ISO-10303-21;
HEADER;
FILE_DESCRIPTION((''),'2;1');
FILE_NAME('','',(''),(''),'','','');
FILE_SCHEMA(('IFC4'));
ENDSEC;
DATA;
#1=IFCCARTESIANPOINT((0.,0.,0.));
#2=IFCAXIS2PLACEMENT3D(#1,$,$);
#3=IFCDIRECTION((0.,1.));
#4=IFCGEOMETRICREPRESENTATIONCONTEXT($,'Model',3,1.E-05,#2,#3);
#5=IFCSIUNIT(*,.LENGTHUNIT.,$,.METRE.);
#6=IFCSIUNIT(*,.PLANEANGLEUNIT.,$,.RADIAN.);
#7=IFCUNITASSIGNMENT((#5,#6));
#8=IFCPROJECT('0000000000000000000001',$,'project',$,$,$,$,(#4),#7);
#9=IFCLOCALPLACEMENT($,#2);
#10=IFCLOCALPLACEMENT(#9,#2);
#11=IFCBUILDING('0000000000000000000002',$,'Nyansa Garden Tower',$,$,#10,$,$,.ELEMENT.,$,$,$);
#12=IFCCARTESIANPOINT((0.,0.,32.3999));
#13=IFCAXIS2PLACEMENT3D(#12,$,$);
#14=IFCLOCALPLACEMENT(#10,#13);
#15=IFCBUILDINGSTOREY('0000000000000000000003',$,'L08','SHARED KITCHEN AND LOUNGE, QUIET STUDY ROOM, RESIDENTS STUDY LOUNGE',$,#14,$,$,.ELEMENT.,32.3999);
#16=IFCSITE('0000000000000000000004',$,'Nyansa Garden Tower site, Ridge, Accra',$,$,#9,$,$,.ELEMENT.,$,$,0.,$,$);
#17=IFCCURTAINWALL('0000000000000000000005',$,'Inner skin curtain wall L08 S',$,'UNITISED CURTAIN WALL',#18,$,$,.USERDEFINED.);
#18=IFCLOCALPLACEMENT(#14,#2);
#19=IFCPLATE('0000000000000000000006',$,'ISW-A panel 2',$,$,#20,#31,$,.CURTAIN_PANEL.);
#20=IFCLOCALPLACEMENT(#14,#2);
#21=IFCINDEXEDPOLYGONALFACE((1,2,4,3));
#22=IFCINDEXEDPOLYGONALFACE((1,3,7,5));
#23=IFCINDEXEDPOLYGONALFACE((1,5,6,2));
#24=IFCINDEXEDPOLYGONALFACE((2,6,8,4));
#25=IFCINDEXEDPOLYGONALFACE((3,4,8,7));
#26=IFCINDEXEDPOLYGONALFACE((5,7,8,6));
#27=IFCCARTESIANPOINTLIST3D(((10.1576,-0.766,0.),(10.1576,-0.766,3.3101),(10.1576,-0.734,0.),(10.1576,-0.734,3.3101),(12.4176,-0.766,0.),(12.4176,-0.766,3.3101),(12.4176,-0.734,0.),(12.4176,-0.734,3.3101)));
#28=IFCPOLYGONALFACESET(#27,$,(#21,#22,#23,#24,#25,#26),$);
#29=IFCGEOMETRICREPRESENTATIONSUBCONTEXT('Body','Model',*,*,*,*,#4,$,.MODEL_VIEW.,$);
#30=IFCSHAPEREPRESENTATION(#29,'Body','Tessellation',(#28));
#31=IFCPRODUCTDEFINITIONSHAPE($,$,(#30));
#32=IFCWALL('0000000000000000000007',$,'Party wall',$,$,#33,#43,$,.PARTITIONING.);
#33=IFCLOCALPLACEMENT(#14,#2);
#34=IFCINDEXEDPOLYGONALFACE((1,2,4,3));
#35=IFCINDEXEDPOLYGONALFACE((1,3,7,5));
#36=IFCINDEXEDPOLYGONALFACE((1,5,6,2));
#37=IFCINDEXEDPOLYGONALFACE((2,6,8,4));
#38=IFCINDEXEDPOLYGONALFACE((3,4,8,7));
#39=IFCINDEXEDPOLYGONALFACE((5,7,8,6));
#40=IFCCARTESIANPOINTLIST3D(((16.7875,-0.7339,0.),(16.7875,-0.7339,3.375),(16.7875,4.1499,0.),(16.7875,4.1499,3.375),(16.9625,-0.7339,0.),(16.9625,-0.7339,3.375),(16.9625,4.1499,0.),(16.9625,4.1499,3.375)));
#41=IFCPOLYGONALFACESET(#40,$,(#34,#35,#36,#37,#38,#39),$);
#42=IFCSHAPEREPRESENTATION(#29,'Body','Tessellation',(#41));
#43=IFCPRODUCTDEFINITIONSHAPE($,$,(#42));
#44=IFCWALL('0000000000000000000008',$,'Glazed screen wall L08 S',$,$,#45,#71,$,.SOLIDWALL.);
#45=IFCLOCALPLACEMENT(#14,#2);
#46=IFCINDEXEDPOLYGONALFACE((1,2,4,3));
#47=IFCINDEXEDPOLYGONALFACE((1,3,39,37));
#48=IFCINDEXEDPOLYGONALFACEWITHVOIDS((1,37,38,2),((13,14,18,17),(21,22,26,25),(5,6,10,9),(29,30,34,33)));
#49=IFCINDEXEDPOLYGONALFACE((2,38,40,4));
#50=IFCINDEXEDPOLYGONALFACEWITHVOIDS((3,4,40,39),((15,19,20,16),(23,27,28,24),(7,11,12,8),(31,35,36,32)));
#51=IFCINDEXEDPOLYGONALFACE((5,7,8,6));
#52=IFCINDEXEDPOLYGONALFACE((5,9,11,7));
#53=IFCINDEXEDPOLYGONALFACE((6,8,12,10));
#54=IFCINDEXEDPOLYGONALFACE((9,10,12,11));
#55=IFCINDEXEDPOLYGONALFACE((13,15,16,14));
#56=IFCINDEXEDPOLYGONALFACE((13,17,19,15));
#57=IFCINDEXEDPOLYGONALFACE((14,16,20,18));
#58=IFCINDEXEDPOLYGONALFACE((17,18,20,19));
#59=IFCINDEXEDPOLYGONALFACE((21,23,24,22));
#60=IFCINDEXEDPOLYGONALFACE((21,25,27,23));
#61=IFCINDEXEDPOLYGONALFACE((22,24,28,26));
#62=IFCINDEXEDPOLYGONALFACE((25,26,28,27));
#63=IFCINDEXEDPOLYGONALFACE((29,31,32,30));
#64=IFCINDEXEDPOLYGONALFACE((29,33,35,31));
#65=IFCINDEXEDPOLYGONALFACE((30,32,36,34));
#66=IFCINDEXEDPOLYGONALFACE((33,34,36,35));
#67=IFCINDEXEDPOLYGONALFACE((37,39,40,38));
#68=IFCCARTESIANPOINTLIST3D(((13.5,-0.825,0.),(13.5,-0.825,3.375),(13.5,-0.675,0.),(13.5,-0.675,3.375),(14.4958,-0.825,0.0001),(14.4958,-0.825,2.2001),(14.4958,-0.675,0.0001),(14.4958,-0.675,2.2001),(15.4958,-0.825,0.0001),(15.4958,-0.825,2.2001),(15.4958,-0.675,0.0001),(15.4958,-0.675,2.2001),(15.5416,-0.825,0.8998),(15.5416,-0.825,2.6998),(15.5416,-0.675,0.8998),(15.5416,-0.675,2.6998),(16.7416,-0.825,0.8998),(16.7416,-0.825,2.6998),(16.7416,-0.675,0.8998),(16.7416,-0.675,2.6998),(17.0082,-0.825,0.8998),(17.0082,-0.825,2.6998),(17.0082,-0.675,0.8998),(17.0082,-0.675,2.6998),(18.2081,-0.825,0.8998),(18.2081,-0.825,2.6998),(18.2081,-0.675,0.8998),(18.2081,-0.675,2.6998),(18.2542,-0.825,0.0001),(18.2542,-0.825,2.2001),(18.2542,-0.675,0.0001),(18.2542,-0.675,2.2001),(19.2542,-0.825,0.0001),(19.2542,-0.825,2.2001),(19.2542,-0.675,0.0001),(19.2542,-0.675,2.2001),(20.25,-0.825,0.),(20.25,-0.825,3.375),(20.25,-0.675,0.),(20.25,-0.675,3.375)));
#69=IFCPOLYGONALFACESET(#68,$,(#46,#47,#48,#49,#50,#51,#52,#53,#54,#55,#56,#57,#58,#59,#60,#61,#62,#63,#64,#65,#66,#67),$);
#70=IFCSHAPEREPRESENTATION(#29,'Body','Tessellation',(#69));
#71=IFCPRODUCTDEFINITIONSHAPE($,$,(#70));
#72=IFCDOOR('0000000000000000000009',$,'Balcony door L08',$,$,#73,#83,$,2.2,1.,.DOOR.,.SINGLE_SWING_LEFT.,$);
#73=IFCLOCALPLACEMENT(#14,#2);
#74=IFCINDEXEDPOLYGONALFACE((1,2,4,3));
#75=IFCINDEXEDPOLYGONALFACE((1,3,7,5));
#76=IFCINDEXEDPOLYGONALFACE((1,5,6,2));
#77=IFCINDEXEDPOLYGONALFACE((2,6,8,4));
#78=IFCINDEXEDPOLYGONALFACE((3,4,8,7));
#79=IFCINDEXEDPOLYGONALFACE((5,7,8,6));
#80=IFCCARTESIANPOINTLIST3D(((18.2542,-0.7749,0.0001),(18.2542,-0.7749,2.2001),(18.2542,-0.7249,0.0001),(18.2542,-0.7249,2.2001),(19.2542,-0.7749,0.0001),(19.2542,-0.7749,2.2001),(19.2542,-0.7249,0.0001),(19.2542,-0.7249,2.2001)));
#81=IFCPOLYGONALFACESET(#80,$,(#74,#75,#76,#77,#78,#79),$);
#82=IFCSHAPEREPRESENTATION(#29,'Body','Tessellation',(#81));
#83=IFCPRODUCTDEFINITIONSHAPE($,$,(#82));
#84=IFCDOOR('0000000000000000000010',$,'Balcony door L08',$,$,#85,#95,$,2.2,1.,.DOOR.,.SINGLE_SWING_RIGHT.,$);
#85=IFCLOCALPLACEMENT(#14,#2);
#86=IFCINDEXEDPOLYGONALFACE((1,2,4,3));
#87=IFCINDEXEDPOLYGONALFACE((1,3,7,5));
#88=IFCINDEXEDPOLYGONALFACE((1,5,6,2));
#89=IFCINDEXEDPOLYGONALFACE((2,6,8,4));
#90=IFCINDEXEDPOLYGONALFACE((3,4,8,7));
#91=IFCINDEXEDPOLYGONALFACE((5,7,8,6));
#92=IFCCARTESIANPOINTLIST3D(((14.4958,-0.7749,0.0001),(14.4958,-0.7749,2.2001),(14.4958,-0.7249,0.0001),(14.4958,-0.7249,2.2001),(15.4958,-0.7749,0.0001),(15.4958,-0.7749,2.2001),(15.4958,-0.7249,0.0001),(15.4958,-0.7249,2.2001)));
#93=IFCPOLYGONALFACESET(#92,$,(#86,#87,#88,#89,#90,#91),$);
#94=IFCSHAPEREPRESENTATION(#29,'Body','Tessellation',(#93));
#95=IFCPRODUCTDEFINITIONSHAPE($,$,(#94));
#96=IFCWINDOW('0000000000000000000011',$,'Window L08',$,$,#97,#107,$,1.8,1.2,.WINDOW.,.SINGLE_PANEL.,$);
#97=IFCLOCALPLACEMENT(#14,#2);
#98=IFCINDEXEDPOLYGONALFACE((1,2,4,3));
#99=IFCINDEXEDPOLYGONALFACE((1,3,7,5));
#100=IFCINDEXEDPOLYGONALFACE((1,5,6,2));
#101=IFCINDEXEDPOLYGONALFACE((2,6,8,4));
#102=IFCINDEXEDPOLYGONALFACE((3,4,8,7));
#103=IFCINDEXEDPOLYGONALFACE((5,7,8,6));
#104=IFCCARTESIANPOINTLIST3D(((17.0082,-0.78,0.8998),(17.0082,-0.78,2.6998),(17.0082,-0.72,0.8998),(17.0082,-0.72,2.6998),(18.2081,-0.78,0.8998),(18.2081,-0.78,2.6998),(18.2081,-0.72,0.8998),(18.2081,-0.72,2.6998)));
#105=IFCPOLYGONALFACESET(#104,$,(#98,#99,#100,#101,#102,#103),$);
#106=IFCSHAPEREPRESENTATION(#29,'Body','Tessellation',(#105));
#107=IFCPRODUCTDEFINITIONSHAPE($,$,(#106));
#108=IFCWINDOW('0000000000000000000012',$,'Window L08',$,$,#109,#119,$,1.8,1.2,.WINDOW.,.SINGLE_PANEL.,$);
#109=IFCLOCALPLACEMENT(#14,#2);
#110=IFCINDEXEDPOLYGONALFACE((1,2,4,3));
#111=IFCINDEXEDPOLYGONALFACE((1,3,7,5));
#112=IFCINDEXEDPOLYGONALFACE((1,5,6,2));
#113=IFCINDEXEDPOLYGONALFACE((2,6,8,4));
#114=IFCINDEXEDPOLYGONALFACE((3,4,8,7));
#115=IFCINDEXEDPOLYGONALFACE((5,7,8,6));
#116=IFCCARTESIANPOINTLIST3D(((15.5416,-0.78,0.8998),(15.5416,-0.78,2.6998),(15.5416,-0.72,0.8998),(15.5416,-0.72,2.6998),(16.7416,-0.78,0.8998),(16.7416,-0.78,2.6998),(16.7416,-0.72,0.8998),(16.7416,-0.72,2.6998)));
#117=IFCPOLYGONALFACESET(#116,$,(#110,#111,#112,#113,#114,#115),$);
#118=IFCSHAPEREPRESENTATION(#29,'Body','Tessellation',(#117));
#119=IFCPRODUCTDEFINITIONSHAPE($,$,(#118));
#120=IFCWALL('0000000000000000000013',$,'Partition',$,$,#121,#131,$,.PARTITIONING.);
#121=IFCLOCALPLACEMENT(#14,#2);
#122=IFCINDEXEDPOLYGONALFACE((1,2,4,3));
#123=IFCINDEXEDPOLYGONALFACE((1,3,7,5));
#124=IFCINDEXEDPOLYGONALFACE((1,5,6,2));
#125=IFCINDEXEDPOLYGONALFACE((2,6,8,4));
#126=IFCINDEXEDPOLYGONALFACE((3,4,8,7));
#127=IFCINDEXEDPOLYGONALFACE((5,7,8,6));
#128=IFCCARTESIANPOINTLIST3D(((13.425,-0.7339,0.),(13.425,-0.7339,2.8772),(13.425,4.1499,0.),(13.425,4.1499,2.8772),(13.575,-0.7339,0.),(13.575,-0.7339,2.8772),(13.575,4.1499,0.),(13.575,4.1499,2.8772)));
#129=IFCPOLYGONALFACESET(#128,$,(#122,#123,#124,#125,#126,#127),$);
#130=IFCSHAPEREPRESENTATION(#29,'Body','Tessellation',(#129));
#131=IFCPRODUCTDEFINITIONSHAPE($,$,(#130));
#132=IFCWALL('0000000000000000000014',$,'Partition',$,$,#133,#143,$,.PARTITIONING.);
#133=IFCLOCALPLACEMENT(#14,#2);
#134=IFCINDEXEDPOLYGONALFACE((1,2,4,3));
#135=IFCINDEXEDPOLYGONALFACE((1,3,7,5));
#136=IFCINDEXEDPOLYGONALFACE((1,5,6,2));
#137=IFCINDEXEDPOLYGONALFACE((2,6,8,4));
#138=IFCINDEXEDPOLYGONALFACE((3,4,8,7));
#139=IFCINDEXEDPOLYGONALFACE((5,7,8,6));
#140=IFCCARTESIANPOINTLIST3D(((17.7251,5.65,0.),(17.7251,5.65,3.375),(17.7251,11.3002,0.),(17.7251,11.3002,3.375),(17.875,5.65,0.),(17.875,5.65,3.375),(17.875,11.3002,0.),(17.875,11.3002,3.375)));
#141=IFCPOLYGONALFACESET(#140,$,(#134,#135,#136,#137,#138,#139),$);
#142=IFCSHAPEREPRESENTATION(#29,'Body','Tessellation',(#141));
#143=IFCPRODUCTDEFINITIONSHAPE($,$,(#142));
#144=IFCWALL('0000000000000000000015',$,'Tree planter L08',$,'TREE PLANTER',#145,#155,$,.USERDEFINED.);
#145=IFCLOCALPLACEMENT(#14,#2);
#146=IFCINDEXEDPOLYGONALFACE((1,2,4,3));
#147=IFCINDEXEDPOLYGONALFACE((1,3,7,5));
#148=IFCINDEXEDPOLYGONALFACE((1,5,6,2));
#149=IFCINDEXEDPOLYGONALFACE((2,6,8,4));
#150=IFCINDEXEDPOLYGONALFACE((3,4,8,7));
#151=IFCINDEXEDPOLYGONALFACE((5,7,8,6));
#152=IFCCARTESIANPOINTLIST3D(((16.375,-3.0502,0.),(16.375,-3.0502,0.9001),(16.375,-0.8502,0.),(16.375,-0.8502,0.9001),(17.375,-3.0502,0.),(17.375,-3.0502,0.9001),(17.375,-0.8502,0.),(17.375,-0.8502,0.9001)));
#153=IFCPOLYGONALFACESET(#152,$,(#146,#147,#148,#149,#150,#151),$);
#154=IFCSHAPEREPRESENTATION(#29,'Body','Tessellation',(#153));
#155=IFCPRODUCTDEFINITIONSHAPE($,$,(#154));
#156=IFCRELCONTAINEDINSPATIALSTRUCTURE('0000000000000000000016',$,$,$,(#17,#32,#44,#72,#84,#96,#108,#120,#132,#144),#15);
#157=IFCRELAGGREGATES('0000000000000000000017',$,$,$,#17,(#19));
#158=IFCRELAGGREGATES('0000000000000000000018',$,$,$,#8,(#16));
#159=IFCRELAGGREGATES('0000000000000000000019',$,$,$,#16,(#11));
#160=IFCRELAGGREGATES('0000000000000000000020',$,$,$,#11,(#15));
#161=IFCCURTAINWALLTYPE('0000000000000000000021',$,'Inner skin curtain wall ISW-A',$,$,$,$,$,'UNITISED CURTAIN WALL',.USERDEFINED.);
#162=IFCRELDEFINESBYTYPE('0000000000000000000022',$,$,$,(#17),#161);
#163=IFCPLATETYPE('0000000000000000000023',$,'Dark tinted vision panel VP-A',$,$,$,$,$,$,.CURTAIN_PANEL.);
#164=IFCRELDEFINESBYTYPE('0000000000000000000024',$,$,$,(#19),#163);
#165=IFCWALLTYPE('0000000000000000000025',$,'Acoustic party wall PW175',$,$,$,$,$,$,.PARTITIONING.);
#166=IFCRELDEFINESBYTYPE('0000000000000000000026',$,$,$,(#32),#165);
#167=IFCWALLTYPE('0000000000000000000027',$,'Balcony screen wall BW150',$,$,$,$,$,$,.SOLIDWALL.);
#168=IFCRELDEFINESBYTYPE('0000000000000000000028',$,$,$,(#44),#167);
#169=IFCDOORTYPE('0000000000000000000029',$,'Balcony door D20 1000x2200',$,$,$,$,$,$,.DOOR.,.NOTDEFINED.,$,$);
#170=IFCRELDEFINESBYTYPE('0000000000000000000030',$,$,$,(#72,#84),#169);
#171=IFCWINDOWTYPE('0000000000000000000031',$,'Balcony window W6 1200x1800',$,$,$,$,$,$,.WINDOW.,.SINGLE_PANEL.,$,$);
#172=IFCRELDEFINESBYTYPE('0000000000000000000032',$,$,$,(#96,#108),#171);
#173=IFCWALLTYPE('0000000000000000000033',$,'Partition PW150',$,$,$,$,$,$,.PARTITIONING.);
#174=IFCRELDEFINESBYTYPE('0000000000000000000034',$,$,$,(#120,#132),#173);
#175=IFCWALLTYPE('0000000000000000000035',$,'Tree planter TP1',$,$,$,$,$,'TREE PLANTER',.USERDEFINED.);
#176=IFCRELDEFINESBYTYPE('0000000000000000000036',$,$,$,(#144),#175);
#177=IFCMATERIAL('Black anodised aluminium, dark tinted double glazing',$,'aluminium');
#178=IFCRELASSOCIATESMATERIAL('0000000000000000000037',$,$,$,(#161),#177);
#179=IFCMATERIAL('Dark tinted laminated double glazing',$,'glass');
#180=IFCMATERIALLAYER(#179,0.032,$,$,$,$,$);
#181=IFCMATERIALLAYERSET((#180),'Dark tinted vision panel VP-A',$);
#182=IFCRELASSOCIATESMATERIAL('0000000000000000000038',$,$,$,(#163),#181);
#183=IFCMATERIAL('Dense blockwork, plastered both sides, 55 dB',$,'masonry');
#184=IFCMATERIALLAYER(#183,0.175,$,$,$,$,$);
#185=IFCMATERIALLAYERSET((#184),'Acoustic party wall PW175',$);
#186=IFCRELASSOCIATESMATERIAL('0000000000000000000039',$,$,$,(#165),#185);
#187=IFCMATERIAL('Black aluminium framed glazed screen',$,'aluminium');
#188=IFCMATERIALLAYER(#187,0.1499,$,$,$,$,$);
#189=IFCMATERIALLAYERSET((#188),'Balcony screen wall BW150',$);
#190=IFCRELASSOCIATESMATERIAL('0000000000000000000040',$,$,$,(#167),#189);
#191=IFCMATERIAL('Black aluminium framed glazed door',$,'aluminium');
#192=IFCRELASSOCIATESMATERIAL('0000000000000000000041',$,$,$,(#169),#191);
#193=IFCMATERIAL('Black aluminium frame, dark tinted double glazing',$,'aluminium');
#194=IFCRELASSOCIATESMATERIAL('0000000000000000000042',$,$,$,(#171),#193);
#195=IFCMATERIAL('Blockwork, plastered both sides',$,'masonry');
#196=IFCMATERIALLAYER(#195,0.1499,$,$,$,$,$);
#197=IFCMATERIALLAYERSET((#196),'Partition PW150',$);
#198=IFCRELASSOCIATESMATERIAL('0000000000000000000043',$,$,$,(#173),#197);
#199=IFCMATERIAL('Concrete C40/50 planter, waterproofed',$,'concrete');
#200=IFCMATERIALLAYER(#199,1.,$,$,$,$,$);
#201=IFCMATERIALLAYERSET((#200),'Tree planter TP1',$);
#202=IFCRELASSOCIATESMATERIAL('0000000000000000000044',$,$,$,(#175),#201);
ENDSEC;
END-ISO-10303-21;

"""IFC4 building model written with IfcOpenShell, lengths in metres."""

from ifc_helpers import new_model, si_unit, direction, frame, frame_2d, origin, origin_2d, place, context, subcontext, project, spatial, rectangle, extrude, material, layer, layer_set, type_object, element, fill, aggregate, save


model = new_model("IFC4")

# Units and contexts
model_context = context("Model", 3, precision=1e-05, world=origin(), true_north=direction((0.0, 1.0)))
body_context = subcontext(model_context, "Body", "Model", "MODEL_VIEW")
ifc_project = project(units=[si_unit("LENGTHUNIT", "METRE"), si_unit("PLANEANGLEUNIT", "RADIAN")], contexts=[model_context])

# Site, building, storey
site_placement = place(None, origin())
site = spatial("IfcSite", under=ifc_project, at=site_placement, Name="Nyansa Garden Tower site, Ridge, Accra", CompositionType="ELEMENT", RefElevation=0.0)
building_placement = place(site_placement, origin())
building = spatial("IfcBuilding", under=site, at=building_placement, Name="Nyansa Garden Tower", CompositionType="ELEMENT")
storey_placement = place(building_placement, frame((0.0, 0.0, 32.3999)))
storey = spatial("IfcBuildingStorey", under=building, at=storey_placement, Name="L08", Description="SHARED KITCHEN AND LOUNGE, QUIET STUDY ROOM, RESIDENTS STUDY LOUNGE", CompositionType="ELEMENT", Elevation=32.3999)

# Curtain wall
ifc_material_1 = material(Name="Black anodised aluminium, dark tinted double glazing", Category="aluminium")
curtain_wall_type = type_object("IfcCurtainWallType", Name="Inner skin curtain wall ISW-A", ElementType="UNITISED CURTAIN WALL", PredefinedType="USERDEFINED", material=ifc_material_1)
curtain_wall_placement = place(storey_placement, origin())
curtain_wall = element("IfcCurtainWall", 1, at=curtain_wall_placement, inside=storey, type_object=curtain_wall_type, Name="Inner skin curtain wall L08 S", ObjectType="UNITISED CURTAIN WALL", PredefinedType="USERDEFINED")

# Plate
ifc_material_2 = material(Name="Dark tinted laminated double glazing", Category="glass")
ifc_layer_1 = layer(ifc_material_2, 0.032)
ifc_layer_set_1 = layer_set([ifc_layer_1], Name="Dark tinted vision panel VP-A")
plate_type = type_object("IfcPlateType", Name="Dark tinted vision panel VP-A", PredefinedType="CURTAIN_PANEL", material=ifc_layer_set_1)
plate_1_placement = place(storey_placement, frame((11.2876, -0.75, 0.0), z_axis=(0.0, 0.0, 1.0), x_axis=(1.0, 0.0, 0.0)))
plate_1 = element("IfcPlate", 2, at=plate_1_placement, type_object=plate_type, Name="ISW-A panel 2", PredefinedType="CURTAIN_PANEL", context=body_context, shape_type="SweptSolid", body=[
    extrude(rectangle(XDim=2.26, YDim=0.032, at=origin_2d()), origin(), (0.0, 0.0, 1.0), 3.3101),
])
aggregate(curtain_wall, [plate_1])

# Wall
ifc_material_3 = material(Name="Dense blockwork, plastered both sides, 55 dB", Category="masonry")
ifc_layer_2 = layer(ifc_material_3, 0.175)
ifc_layer_set_2 = layer_set([ifc_layer_2], Name="Acoustic party wall PW175")
wall_type_1 = type_object("IfcWallType", Name="Acoustic party wall PW175", PredefinedType="PARTITIONING", material=ifc_layer_set_2)
wall_1_placement = place(storey_placement, frame((16.875, -0.7339, 0.0), z_axis=(0.0, 0.0, 1.0), x_axis=(0.0, 1.0, 0.0)))
element("IfcWall", 3, at=wall_1_placement, inside=storey, type_object=wall_type_1, Name="Party wall", PredefinedType="PARTITIONING", context=body_context, shape_type="SweptSolid", body=[
    extrude(rectangle(XDim=4.8838, YDim=0.175, at=frame_2d((2.4419, 0.0))), origin(), (0.0, 0.0, 1.0), 3.375),
])

# Wall, openings, doors, windows
ifc_material_4 = material(Name="Black aluminium framed glazed screen", Category="aluminium")
ifc_layer_3 = layer(ifc_material_4, 0.1499)
ifc_layer_set_3 = layer_set([ifc_layer_3], Name="Balcony screen wall BW150")
wall_type_2 = type_object("IfcWallType", Name="Balcony screen wall BW150", PredefinedType="SOLIDWALL", material=ifc_layer_set_3)
wall_2_placement = place(storey_placement, frame((20.25, -0.75, 0.0), z_axis=(0.0, 0.0, 1.0), x_axis=(-1.0, 0.0, 0.0)))
wall_2 = element("IfcWall", 4, at=wall_2_placement, inside=storey, type_object=wall_type_2, Name="Glazed screen wall L08 S", PredefinedType="SOLIDWALL", context=body_context, shape_type="SweptSolid", body=[
    extrude(rectangle(XDim=6.75, YDim=0.1499, at=frame_2d((3.375, 0.0))), origin(), (0.0, 0.0, 1.0), 3.375),
])
opening_1_placement = place(wall_2_placement, frame((0.9958, 0.0, 0.0)))
opening_1 = element("IfcOpeningElement", 5, at=opening_1_placement, cuts=wall_2, PredefinedType="OPENING", context=body_context, shape_type="SweptSolid", body=[
    extrude(rectangle(XDim=1.0, YDim=2.2, at=frame_2d((0.5, 1.1001))), frame((0.0, 0.085, 0.0), z_axis=(0.0, -1.0, 0.0), x_axis=(1.0, 0.0, 0.0)), (0.0, 0.0, 1.0), 0.1699),
])
opening_2_placement = place(wall_2_placement, frame((2.0417, 0.0, 0.8999)))
opening_2 = element("IfcOpeningElement", 6, at=opening_2_placement, cuts=wall_2, PredefinedType="OPENING", context=body_context, shape_type="SweptSolid", body=[
    extrude(rectangle(XDim=1.2, YDim=1.8, at=frame_2d((0.6001, 0.8999))), frame((0.0, 0.085, 0.0), z_axis=(0.0, -1.0, 0.0), x_axis=(1.0, 0.0, 0.0)), (0.0, 0.0, 1.0), 0.1699),
])
opening_3_placement = place(wall_2_placement, frame((4.7542, 0.0, 0.0)))
opening_3 = element("IfcOpeningElement", 7, at=opening_3_placement, cuts=wall_2, PredefinedType="OPENING", context=body_context, shape_type="SweptSolid", body=[
    extrude(rectangle(XDim=1.0, YDim=2.2, at=frame_2d((0.5, 1.1001))), frame((0.0, 0.085, 0.0), z_axis=(0.0, -1.0, 0.0), x_axis=(1.0, 0.0, 0.0)), (0.0, 0.0, 1.0), 0.1699),
])
opening_4_placement = place(wall_2_placement, frame((3.5083, 0.0, 0.8999)))
opening_4 = element("IfcOpeningElement", 8, at=opening_4_placement, cuts=wall_2, PredefinedType="OPENING", context=body_context, shape_type="SweptSolid", body=[
    extrude(rectangle(XDim=1.2, YDim=1.8, at=frame_2d((0.6001, 0.8999))), frame((0.0, 0.085, 0.0), z_axis=(0.0, -1.0, 0.0), x_axis=(1.0, 0.0, 0.0)), (0.0, 0.0, 1.0), 0.1699),
])
ifc_material_5 = material(Name="Black aluminium framed glazed door", Category="aluminium")
door_type_1 = type_object("IfcDoorType", Name="Balcony door D20 1000x2200", OperationType="NOTDEFINED", PredefinedType="DOOR", material=ifc_material_5)
door_1_placement = place(opening_1_placement, origin())
door_1 = element("IfcDoor", 9, at=door_1_placement, inside=storey, type_object=door_type_1, Name="Balcony door L08", OperationType="SINGLE_SWING_LEFT", OverallHeight=2.2, OverallWidth=1.0, PredefinedType="DOOR", context=body_context, shape_type="SweptSolid", body=[
    extrude(rectangle(XDim=1.0, YDim=2.2, at=frame_2d((0.5, 1.1001))), frame((0.0, 0.0249, 0.0), z_axis=(0.0, -1.0, 0.0), x_axis=(1.0, 0.0, 0.0)), (0.0, 0.0, 1.0), 0.05),
])
fill(opening_1, door_1)
door_2_placement = place(opening_3_placement, origin())
door_2 = element("IfcDoor", 10, at=door_2_placement, inside=storey, type_object=door_type_1, Name="Balcony door L08", OperationType="SINGLE_SWING_RIGHT", OverallHeight=2.2, OverallWidth=1.0, PredefinedType="DOOR", context=body_context, shape_type="SweptSolid", body=[
    extrude(rectangle(XDim=1.0, YDim=2.2, at=frame_2d((0.5, 1.1001))), frame((0.0, 0.0249, 0.0), z_axis=(0.0, -1.0, 0.0), x_axis=(1.0, 0.0, 0.0)), (0.0, 0.0, 1.0), 0.05),
])
fill(opening_3, door_2)
ifc_material_6 = material(Name="Black aluminium frame, dark tinted double glazing", Category="aluminium")
window_type = type_object("IfcWindowType", Name="Balcony window W6 1200x1800", PartitioningType="SINGLE_PANEL", PredefinedType="WINDOW", material=ifc_material_6)
window_1_placement = place(opening_2_placement, origin())
window_1 = element("IfcWindow", 11, at=window_1_placement, inside=storey, type_object=window_type, Name="Window L08", OverallHeight=1.8, OverallWidth=1.2, PartitioningType="SINGLE_PANEL", PredefinedType="WINDOW", context=body_context, shape_type="SweptSolid", body=[
    extrude(rectangle(XDim=1.2, YDim=1.8, at=frame_2d((0.6001, 0.8999))), frame((0.0, 0.03, 0.0), z_axis=(0.0, -1.0, 0.0), x_axis=(1.0, 0.0, 0.0)), (0.0, 0.0, 1.0), 0.0601),
])
fill(opening_2, window_1)
window_2_placement = place(opening_4_placement, origin())
window_2 = element("IfcWindow", 12, at=window_2_placement, inside=storey, type_object=window_type, Name="Window L08", OverallHeight=1.8, OverallWidth=1.2, PartitioningType="SINGLE_PANEL", PredefinedType="WINDOW", context=body_context, shape_type="SweptSolid", body=[
    extrude(rectangle(XDim=1.2, YDim=1.8, at=frame_2d((0.6001, 0.8999))), frame((0.0, 0.03, 0.0), z_axis=(0.0, -1.0, 0.0), x_axis=(1.0, 0.0, 0.0)), (0.0, 0.0, 1.0), 0.0601),
])
fill(opening_4, window_2)

# Walls
ifc_material_7 = material(Name="Blockwork, plastered both sides", Category="masonry")
ifc_layer_4 = layer(ifc_material_7, 0.1499)
ifc_layer_set_4 = layer_set([ifc_layer_4], Name="Partition PW150")
wall_type_3 = type_object("IfcWallType", Name="Partition PW150", PredefinedType="PARTITIONING", material=ifc_layer_set_4)
wall_3_placement = place(storey_placement, frame((13.5, -0.7339, 0.0), z_axis=(0.0, 0.0, 1.0), x_axis=(0.0, 1.0, 0.0)))
element("IfcWall", 13, at=wall_3_placement, inside=storey, type_object=wall_type_3, Name="Partition", PredefinedType="PARTITIONING", context=body_context, shape_type="SweptSolid", body=[
    extrude(rectangle(XDim=4.8838, YDim=0.1499, at=frame_2d((2.4419, 0.0))), origin(), (0.0, 0.0, 1.0), 2.8772),
])
wall_4_placement = place(storey_placement, frame((17.8, 5.6499, 0.0), z_axis=(0.0, 0.0, 1.0), x_axis=(0.0, 1.0, 0.0)))
element("IfcWall", 14, at=wall_4_placement, inside=storey, type_object=wall_type_3, Name="Partition", PredefinedType="PARTITIONING", context=body_context, shape_type="SweptSolid", body=[
    extrude(rectangle(XDim=5.6501, YDim=0.1499, at=frame_2d((2.8252, 0.0))), origin(), (0.0, 0.0, 1.0), 3.375),
])
ifc_material_8 = material(Name="Concrete C40/50 planter, waterproofed", Category="concrete")
ifc_layer_5 = layer(ifc_material_8, 1.0)
ifc_layer_set_5 = layer_set([ifc_layer_5], Name="Tree planter TP1")
wall_type_4 = type_object("IfcWallType", Name="Tree planter TP1", ElementType="TREE PLANTER", PredefinedType="USERDEFINED", material=ifc_layer_set_5)
wall_5_placement = place(storey_placement, frame((16.875, -0.8501, 0.0), z_axis=(0.0, 0.0, 1.0), x_axis=(0.0, -1.0, 0.0)))
element("IfcWall", 15, at=wall_5_placement, inside=storey, type_object=wall_type_4, Name="Tree planter L08", ObjectType="TREE PLANTER", PredefinedType="USERDEFINED", context=body_context, shape_type="SweptSolid", body=[
    extrude(rectangle(XDim=2.2, YDim=1.0, at=frame_2d((1.1001, 0.0))), origin(), (0.0, 0.0, 1.0), 0.9001),
])

save(model, "model.ifc")
